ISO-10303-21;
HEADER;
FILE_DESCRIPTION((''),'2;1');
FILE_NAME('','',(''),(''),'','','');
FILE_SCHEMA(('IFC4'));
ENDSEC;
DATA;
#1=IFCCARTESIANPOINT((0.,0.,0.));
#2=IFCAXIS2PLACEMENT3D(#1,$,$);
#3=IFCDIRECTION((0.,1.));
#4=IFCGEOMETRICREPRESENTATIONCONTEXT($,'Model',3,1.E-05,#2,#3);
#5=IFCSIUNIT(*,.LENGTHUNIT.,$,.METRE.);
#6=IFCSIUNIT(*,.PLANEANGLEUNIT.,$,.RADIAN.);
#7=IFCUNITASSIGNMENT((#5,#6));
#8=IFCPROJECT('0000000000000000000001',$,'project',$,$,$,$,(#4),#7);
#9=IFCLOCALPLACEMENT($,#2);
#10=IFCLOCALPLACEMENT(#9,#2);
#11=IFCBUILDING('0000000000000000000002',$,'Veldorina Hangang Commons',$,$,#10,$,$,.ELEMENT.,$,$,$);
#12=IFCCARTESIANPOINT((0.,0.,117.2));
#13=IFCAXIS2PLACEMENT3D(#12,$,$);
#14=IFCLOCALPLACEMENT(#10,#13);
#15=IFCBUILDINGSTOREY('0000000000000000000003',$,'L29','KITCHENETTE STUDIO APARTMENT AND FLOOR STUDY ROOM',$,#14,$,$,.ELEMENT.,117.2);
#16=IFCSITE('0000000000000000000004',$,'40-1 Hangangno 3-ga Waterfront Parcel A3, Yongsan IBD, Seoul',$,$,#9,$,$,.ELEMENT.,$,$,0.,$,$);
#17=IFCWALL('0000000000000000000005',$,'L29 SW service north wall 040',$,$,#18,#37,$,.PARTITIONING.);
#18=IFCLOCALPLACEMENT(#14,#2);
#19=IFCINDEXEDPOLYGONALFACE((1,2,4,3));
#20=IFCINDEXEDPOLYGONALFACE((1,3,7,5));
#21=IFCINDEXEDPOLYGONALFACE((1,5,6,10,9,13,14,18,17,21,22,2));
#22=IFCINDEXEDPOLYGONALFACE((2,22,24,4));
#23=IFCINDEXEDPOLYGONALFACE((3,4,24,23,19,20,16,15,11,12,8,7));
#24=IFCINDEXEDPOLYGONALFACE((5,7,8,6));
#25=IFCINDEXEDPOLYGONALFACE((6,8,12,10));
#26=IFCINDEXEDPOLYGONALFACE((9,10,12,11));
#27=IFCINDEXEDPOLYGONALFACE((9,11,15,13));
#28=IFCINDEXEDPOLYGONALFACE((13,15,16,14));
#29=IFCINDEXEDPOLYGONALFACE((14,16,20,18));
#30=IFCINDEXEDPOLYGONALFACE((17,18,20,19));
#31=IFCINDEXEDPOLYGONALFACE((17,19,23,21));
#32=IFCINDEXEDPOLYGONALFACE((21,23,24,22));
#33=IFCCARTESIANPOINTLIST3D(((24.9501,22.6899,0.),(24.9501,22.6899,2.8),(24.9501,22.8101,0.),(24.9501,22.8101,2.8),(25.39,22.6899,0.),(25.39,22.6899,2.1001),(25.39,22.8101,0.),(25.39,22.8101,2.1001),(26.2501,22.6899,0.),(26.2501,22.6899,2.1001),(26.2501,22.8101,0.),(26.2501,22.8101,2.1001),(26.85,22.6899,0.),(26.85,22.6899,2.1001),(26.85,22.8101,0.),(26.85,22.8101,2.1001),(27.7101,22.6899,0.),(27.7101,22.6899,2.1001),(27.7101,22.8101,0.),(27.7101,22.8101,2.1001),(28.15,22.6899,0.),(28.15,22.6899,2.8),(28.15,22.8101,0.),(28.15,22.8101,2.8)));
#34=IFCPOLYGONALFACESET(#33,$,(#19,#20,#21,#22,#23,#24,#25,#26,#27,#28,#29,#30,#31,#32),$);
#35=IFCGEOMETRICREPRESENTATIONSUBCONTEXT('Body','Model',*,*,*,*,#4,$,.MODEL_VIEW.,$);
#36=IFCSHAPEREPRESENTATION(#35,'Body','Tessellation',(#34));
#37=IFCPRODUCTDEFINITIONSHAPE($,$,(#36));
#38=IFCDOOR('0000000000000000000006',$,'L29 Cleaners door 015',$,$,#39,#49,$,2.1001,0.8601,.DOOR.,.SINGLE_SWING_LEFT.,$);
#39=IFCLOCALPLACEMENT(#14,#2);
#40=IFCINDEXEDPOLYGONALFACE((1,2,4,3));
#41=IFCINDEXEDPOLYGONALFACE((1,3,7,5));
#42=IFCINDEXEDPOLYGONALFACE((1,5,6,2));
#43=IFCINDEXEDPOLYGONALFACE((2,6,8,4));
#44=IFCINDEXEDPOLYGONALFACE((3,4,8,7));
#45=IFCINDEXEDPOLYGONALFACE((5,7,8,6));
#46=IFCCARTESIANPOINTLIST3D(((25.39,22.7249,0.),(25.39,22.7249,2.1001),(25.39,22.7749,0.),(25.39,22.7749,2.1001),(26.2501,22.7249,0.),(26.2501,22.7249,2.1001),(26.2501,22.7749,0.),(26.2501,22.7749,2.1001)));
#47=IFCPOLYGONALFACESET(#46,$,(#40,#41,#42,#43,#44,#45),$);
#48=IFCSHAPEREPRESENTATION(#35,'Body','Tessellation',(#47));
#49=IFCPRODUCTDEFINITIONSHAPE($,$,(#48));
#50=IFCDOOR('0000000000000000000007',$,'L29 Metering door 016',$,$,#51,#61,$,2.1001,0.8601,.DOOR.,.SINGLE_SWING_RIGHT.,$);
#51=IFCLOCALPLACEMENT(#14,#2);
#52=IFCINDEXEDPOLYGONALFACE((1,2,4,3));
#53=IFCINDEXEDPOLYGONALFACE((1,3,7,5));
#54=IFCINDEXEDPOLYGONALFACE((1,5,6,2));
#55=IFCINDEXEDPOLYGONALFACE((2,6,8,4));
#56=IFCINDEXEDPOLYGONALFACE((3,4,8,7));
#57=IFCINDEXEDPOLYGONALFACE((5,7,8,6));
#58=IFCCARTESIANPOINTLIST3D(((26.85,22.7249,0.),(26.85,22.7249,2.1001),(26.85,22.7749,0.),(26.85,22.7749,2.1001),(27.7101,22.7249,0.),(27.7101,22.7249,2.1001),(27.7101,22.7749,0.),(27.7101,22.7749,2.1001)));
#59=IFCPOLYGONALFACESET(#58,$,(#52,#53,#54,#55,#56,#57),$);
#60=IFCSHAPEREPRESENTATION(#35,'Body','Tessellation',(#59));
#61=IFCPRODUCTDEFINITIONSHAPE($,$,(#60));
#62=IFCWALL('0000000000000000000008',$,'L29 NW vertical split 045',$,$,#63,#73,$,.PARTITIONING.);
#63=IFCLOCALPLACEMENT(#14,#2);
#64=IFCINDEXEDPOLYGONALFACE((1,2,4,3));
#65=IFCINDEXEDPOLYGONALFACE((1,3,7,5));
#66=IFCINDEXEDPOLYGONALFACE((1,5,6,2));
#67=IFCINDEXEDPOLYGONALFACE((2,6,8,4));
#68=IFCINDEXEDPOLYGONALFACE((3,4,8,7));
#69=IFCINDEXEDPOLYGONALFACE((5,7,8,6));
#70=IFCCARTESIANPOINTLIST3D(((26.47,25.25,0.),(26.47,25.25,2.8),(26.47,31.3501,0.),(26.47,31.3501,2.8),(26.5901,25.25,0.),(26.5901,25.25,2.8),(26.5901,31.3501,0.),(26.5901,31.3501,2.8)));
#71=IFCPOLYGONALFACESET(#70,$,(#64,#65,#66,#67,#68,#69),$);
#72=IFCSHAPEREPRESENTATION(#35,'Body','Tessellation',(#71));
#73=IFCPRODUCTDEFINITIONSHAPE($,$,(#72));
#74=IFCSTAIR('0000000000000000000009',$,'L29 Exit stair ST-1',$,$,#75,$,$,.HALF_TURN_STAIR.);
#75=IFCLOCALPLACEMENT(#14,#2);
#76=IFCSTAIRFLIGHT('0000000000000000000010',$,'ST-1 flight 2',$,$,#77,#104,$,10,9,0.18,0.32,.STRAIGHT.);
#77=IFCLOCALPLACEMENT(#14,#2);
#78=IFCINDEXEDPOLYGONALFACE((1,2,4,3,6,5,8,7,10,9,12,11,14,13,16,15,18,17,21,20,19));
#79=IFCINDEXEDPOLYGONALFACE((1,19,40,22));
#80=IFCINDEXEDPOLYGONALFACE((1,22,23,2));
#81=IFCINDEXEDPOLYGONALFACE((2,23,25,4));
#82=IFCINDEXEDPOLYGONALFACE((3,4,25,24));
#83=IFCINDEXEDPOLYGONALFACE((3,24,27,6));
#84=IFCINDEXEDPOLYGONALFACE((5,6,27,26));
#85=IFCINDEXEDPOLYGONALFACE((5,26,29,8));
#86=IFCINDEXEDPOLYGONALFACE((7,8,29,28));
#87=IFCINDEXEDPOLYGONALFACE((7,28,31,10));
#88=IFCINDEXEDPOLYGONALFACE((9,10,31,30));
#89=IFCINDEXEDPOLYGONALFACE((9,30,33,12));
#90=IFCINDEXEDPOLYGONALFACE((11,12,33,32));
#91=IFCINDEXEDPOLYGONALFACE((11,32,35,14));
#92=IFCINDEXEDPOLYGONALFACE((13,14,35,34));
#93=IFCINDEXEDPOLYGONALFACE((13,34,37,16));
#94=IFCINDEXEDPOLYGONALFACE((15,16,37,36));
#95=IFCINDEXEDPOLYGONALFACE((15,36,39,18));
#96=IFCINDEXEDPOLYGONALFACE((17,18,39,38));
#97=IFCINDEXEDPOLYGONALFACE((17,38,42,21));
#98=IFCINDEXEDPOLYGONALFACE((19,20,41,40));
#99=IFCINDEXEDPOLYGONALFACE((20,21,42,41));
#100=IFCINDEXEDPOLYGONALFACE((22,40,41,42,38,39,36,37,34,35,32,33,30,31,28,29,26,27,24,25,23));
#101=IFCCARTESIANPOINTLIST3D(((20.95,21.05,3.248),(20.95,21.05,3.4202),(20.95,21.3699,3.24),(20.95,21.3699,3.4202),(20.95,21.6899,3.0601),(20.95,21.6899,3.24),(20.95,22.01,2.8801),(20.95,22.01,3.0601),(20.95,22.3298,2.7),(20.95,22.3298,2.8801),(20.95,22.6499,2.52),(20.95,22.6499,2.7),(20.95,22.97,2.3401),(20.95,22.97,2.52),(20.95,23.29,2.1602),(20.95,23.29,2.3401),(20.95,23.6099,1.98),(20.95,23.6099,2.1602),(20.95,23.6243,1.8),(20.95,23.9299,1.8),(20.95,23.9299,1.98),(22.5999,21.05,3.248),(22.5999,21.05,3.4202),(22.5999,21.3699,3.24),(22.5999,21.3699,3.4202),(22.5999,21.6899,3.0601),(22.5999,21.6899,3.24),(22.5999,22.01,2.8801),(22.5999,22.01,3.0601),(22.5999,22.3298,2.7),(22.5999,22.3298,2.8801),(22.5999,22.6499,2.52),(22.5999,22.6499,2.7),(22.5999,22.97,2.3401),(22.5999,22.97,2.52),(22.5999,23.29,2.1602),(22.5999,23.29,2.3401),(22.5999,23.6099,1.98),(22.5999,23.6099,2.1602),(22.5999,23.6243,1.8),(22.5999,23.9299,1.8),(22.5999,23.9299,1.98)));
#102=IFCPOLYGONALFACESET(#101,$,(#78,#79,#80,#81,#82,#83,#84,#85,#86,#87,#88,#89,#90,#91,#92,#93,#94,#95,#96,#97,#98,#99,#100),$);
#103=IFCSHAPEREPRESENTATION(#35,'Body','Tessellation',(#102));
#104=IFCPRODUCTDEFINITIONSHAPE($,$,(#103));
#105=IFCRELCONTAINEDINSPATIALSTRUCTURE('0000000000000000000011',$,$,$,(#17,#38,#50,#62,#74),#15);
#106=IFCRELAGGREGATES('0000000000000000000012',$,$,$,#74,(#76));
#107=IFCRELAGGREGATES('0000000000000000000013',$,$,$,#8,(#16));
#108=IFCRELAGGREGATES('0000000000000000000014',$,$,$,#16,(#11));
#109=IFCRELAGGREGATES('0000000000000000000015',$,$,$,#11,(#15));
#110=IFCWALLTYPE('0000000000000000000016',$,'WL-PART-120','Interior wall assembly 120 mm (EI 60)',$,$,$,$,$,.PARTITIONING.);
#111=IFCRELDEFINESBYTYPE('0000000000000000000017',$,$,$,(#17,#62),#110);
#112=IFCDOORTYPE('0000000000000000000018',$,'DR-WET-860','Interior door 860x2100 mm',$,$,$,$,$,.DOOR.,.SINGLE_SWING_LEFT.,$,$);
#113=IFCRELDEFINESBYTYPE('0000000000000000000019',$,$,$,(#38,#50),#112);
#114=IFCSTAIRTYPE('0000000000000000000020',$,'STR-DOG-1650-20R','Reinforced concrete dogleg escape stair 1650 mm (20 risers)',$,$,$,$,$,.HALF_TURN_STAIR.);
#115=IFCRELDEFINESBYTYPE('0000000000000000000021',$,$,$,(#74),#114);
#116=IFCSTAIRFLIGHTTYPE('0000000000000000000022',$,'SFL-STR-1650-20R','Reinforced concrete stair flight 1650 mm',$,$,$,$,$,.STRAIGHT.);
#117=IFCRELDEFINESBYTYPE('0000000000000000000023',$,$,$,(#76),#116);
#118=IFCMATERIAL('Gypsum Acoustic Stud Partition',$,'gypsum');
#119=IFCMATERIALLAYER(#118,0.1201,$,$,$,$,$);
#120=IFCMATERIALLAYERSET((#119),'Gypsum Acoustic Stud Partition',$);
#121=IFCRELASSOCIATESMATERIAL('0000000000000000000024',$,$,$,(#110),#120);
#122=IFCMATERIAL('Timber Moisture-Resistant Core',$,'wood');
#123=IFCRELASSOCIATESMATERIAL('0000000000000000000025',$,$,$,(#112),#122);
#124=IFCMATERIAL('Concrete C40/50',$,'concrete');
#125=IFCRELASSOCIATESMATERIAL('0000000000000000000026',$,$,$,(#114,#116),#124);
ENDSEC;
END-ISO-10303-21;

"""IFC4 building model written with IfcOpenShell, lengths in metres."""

from ifc_helpers import new_model, si_unit, direction, frame, frame_2d, origin, place, context, subcontext, project, spatial, polyline, rectangle, outline, extrude, material, layer, layer_set, type_object, element, fill, aggregate, save


model = new_model("IFC4")

# Units and contexts
model_context = context("Model", 3, precision=1e-05, world=origin(), true_north=direction((0.0, 1.0)))
body_context = subcontext(model_context, "Body", "Model", "MODEL_VIEW")
ifc_project = project(units=[si_unit("LENGTHUNIT", "METRE"), si_unit("PLANEANGLEUNIT", "RADIAN")], contexts=[model_context])

# Site, building, storey
site_placement = place(None, origin())
site = spatial("IfcSite", under=ifc_project, at=site_placement, Name="40-1 Hangangno 3-ga Waterfront Parcel A3, Yongsan IBD, Seoul", CompositionType="ELEMENT", RefElevation=0.0)
building_placement = place(site_placement, origin())
building = spatial("IfcBuilding", under=site, at=building_placement, Name="Veldorina Hangang Commons", CompositionType="ELEMENT")
storey_placement = place(building_placement, frame((0.0, 0.0, 117.2)))
storey = spatial("IfcBuildingStorey", under=building, at=storey_placement, Name="L29", Description="KITCHENETTE STUDIO APARTMENT AND FLOOR STUDY ROOM", CompositionType="ELEMENT", Elevation=117.2)

# Shared definitions
ifc_material_1 = material(Name="Gypsum Acoustic Stud Partition", Category="gypsum")
ifc_layer_1 = layer(ifc_material_1, 0.1201)
ifc_layer_set_1 = layer_set([ifc_layer_1], Name="Gypsum Acoustic Stud Partition")
wall_type_1 = type_object("IfcWallType", Name="WL-PART-120", Description="Interior wall assembly 120 mm (EI 60)", PredefinedType="PARTITIONING", material=ifc_layer_set_1)

# Wall, openings, doors
ifc_material_2 = material(Name="Timber Moisture-Resistant Core", Category="wood")
door_type_1 = type_object("IfcDoorType", Name="DR-WET-860", Description="Interior door 860x2100 mm", OperationType="SINGLE_SWING_LEFT", PredefinedType="DOOR", material=ifc_material_2)
wall_1_placement = place(storey_placement, frame((24.95, 22.75, 0.0), z_axis=(0.0, 0.0, 1.0), x_axis=(1.0, 0.0, 0.0)))
wall_1 = element("IfcWall", 1, at=wall_1_placement, inside=storey, type_object=wall_type_1, Name="L29 SW service north wall 040", PredefinedType="PARTITIONING", context=body_context, shape_type="SweptSolid", body=[
    extrude(rectangle(XDim=3.2, YDim=0.1201, at=frame_2d((1.6001, 0.0))), origin(), (0.0, 0.0, 1.0), 2.8),
])
opening_1_placement = place(wall_1_placement, frame((0.4399, 0.0, 0.0)))
opening_1 = element("IfcOpeningElement", 2, at=opening_1_placement, cuts=wall_1, PredefinedType="OPENING", context=body_context, shape_type="SweptSolid", body=[
    extrude(rectangle(XDim=0.8601, YDim=2.1001, at=frame_2d((0.4302, 1.05))), frame((0.0, 0.0701, 0.0), z_axis=(0.0, -1.0, 0.0), x_axis=(1.0, 0.0, 0.0)), (0.0, 0.0, 1.0), 0.1401),
])
opening_2_placement = place(wall_1_placement, frame((1.8999, 0.0, 0.0)))
opening_2 = element("IfcOpeningElement", 3, at=opening_2_placement, cuts=wall_1, PredefinedType="OPENING", context=body_context, shape_type="SweptSolid", body=[
    extrude(rectangle(XDim=0.8601, YDim=2.1001, at=frame_2d((0.4302, 1.05))), frame((0.0, 0.0701, 0.0), z_axis=(0.0, -1.0, 0.0), x_axis=(1.0, 0.0, 0.0)), (0.0, 0.0, 1.0), 0.1401),
])
door_1_placement = place(opening_1_placement, origin())
door_1 = element("IfcDoor", 4, at=door_1_placement, inside=storey, type_object=door_type_1, Name="L29 Cleaners door 015", OperationType="SINGLE_SWING_LEFT", OverallHeight=2.1001, OverallWidth=0.8601, PredefinedType="DOOR", context=body_context, shape_type="SweptSolid", body=[
    extrude(rectangle(XDim=0.8601, YDim=2.1001, at=frame_2d((0.4302, 1.05))), frame((0.0, 0.0249, 0.0), z_axis=(0.0, -1.0, 0.0), x_axis=(1.0, 0.0, 0.0)), (0.0, 0.0, 1.0), 0.05),
])
fill(opening_1, door_1)
door_2_placement = place(opening_2_placement, origin())
door_2 = element("IfcDoor", 5, at=door_2_placement, inside=storey, type_object=door_type_1, Name="L29 Metering door 016", OperationType="SINGLE_SWING_RIGHT", OverallHeight=2.1001, OverallWidth=0.8601, PredefinedType="DOOR", context=body_context, shape_type="SweptSolid", body=[
    extrude(rectangle(XDim=0.8601, YDim=2.1001, at=frame_2d((0.4302, 1.05))), frame((0.0, 0.0249, 0.0), z_axis=(0.0, -1.0, 0.0), x_axis=(1.0, 0.0, 0.0)), (0.0, 0.0, 1.0), 0.05),
])
fill(opening_2, door_2)

# Wall
wall_2_placement = place(storey_placement, frame((26.53, 25.25, 0.0), z_axis=(0.0, 0.0, 1.0), x_axis=(0.0, 1.0, 0.0)))
element("IfcWall", 6, at=wall_2_placement, inside=storey, type_object=wall_type_1, Name="L29 NW vertical split 045", PredefinedType="PARTITIONING", context=body_context, shape_type="SweptSolid", body=[
    extrude(rectangle(XDim=6.1001, YDim=0.1201, at=frame_2d((3.05, 0.0))), origin(), (0.0, 0.0, 1.0), 2.8),
])

# Stair, stair flight
ifc_material_3 = material(Name="Concrete C40/50", Category="concrete")
stair_type = type_object("IfcStairType", Name="STR-DOG-1650-20R", Description="Reinforced concrete dogleg escape stair 1650 mm (20 risers)", PredefinedType="HALF_TURN_STAIR", material=ifc_material_3)
stair_placement = place(storey_placement, origin())
stair = element("IfcStair", 7, at=stair_placement, inside=storey, type_object=stair_type, Name="L29 Exit stair ST-1", PredefinedType="HALF_TURN_STAIR")
stair_flight_type = type_object("IfcStairFlightType", Name="SFL-STR-1650-20R", Description="Reinforced concrete stair flight 1650 mm", PredefinedType="STRAIGHT", material=ifc_material_3)
stair_flight_placement = place(storey_placement, frame((21.7749, 23.9299, 1.8), z_axis=(0.0, 0.0, 1.0), x_axis=(0.0, -1.0, 0.0)))
stair_flight = element("IfcStairFlight", 8, at=stair_flight_placement, type_object=stair_flight_type, Name="ST-1 flight 2", NumberOfRisers=10, NumberOfTreads=9, PredefinedType="STRAIGHT", RiserHeight=0.18, TreadLength=0.32, context=body_context, shape_type="SweptSolid", body=[
    extrude(outline(polyline([(0.0, 0.0), (0.0, 0.1799), (0.3201, 0.1799), (0.3201, 0.3601), (0.6399, 0.3601), (0.6399, 0.54), (0.96, 0.54), (0.96, 0.72), (1.28, 0.72), (1.28, 0.8999), (1.6001, 0.8999), (1.6001, 1.0801), (1.9199, 1.0801), (1.9199, 1.26), (2.24, 1.26), (2.24, 1.4399), (2.5601, 1.4399), (2.5601, 1.6201), (2.8799, 1.6201), (2.8799, 1.8), (2.8799, 1.448), (0.3057, 0.0), (0.0, 0.0)])), frame((0.0, 0.825, 0.0), z_axis=(0.0, -1.0, 0.0), x_axis=(1.0, 0.0, 0.0)), (0.0, 0.0, 1.0), 1.6499),
])
aggregate(stair, [stair_flight])

save(model, "model.ifc")
